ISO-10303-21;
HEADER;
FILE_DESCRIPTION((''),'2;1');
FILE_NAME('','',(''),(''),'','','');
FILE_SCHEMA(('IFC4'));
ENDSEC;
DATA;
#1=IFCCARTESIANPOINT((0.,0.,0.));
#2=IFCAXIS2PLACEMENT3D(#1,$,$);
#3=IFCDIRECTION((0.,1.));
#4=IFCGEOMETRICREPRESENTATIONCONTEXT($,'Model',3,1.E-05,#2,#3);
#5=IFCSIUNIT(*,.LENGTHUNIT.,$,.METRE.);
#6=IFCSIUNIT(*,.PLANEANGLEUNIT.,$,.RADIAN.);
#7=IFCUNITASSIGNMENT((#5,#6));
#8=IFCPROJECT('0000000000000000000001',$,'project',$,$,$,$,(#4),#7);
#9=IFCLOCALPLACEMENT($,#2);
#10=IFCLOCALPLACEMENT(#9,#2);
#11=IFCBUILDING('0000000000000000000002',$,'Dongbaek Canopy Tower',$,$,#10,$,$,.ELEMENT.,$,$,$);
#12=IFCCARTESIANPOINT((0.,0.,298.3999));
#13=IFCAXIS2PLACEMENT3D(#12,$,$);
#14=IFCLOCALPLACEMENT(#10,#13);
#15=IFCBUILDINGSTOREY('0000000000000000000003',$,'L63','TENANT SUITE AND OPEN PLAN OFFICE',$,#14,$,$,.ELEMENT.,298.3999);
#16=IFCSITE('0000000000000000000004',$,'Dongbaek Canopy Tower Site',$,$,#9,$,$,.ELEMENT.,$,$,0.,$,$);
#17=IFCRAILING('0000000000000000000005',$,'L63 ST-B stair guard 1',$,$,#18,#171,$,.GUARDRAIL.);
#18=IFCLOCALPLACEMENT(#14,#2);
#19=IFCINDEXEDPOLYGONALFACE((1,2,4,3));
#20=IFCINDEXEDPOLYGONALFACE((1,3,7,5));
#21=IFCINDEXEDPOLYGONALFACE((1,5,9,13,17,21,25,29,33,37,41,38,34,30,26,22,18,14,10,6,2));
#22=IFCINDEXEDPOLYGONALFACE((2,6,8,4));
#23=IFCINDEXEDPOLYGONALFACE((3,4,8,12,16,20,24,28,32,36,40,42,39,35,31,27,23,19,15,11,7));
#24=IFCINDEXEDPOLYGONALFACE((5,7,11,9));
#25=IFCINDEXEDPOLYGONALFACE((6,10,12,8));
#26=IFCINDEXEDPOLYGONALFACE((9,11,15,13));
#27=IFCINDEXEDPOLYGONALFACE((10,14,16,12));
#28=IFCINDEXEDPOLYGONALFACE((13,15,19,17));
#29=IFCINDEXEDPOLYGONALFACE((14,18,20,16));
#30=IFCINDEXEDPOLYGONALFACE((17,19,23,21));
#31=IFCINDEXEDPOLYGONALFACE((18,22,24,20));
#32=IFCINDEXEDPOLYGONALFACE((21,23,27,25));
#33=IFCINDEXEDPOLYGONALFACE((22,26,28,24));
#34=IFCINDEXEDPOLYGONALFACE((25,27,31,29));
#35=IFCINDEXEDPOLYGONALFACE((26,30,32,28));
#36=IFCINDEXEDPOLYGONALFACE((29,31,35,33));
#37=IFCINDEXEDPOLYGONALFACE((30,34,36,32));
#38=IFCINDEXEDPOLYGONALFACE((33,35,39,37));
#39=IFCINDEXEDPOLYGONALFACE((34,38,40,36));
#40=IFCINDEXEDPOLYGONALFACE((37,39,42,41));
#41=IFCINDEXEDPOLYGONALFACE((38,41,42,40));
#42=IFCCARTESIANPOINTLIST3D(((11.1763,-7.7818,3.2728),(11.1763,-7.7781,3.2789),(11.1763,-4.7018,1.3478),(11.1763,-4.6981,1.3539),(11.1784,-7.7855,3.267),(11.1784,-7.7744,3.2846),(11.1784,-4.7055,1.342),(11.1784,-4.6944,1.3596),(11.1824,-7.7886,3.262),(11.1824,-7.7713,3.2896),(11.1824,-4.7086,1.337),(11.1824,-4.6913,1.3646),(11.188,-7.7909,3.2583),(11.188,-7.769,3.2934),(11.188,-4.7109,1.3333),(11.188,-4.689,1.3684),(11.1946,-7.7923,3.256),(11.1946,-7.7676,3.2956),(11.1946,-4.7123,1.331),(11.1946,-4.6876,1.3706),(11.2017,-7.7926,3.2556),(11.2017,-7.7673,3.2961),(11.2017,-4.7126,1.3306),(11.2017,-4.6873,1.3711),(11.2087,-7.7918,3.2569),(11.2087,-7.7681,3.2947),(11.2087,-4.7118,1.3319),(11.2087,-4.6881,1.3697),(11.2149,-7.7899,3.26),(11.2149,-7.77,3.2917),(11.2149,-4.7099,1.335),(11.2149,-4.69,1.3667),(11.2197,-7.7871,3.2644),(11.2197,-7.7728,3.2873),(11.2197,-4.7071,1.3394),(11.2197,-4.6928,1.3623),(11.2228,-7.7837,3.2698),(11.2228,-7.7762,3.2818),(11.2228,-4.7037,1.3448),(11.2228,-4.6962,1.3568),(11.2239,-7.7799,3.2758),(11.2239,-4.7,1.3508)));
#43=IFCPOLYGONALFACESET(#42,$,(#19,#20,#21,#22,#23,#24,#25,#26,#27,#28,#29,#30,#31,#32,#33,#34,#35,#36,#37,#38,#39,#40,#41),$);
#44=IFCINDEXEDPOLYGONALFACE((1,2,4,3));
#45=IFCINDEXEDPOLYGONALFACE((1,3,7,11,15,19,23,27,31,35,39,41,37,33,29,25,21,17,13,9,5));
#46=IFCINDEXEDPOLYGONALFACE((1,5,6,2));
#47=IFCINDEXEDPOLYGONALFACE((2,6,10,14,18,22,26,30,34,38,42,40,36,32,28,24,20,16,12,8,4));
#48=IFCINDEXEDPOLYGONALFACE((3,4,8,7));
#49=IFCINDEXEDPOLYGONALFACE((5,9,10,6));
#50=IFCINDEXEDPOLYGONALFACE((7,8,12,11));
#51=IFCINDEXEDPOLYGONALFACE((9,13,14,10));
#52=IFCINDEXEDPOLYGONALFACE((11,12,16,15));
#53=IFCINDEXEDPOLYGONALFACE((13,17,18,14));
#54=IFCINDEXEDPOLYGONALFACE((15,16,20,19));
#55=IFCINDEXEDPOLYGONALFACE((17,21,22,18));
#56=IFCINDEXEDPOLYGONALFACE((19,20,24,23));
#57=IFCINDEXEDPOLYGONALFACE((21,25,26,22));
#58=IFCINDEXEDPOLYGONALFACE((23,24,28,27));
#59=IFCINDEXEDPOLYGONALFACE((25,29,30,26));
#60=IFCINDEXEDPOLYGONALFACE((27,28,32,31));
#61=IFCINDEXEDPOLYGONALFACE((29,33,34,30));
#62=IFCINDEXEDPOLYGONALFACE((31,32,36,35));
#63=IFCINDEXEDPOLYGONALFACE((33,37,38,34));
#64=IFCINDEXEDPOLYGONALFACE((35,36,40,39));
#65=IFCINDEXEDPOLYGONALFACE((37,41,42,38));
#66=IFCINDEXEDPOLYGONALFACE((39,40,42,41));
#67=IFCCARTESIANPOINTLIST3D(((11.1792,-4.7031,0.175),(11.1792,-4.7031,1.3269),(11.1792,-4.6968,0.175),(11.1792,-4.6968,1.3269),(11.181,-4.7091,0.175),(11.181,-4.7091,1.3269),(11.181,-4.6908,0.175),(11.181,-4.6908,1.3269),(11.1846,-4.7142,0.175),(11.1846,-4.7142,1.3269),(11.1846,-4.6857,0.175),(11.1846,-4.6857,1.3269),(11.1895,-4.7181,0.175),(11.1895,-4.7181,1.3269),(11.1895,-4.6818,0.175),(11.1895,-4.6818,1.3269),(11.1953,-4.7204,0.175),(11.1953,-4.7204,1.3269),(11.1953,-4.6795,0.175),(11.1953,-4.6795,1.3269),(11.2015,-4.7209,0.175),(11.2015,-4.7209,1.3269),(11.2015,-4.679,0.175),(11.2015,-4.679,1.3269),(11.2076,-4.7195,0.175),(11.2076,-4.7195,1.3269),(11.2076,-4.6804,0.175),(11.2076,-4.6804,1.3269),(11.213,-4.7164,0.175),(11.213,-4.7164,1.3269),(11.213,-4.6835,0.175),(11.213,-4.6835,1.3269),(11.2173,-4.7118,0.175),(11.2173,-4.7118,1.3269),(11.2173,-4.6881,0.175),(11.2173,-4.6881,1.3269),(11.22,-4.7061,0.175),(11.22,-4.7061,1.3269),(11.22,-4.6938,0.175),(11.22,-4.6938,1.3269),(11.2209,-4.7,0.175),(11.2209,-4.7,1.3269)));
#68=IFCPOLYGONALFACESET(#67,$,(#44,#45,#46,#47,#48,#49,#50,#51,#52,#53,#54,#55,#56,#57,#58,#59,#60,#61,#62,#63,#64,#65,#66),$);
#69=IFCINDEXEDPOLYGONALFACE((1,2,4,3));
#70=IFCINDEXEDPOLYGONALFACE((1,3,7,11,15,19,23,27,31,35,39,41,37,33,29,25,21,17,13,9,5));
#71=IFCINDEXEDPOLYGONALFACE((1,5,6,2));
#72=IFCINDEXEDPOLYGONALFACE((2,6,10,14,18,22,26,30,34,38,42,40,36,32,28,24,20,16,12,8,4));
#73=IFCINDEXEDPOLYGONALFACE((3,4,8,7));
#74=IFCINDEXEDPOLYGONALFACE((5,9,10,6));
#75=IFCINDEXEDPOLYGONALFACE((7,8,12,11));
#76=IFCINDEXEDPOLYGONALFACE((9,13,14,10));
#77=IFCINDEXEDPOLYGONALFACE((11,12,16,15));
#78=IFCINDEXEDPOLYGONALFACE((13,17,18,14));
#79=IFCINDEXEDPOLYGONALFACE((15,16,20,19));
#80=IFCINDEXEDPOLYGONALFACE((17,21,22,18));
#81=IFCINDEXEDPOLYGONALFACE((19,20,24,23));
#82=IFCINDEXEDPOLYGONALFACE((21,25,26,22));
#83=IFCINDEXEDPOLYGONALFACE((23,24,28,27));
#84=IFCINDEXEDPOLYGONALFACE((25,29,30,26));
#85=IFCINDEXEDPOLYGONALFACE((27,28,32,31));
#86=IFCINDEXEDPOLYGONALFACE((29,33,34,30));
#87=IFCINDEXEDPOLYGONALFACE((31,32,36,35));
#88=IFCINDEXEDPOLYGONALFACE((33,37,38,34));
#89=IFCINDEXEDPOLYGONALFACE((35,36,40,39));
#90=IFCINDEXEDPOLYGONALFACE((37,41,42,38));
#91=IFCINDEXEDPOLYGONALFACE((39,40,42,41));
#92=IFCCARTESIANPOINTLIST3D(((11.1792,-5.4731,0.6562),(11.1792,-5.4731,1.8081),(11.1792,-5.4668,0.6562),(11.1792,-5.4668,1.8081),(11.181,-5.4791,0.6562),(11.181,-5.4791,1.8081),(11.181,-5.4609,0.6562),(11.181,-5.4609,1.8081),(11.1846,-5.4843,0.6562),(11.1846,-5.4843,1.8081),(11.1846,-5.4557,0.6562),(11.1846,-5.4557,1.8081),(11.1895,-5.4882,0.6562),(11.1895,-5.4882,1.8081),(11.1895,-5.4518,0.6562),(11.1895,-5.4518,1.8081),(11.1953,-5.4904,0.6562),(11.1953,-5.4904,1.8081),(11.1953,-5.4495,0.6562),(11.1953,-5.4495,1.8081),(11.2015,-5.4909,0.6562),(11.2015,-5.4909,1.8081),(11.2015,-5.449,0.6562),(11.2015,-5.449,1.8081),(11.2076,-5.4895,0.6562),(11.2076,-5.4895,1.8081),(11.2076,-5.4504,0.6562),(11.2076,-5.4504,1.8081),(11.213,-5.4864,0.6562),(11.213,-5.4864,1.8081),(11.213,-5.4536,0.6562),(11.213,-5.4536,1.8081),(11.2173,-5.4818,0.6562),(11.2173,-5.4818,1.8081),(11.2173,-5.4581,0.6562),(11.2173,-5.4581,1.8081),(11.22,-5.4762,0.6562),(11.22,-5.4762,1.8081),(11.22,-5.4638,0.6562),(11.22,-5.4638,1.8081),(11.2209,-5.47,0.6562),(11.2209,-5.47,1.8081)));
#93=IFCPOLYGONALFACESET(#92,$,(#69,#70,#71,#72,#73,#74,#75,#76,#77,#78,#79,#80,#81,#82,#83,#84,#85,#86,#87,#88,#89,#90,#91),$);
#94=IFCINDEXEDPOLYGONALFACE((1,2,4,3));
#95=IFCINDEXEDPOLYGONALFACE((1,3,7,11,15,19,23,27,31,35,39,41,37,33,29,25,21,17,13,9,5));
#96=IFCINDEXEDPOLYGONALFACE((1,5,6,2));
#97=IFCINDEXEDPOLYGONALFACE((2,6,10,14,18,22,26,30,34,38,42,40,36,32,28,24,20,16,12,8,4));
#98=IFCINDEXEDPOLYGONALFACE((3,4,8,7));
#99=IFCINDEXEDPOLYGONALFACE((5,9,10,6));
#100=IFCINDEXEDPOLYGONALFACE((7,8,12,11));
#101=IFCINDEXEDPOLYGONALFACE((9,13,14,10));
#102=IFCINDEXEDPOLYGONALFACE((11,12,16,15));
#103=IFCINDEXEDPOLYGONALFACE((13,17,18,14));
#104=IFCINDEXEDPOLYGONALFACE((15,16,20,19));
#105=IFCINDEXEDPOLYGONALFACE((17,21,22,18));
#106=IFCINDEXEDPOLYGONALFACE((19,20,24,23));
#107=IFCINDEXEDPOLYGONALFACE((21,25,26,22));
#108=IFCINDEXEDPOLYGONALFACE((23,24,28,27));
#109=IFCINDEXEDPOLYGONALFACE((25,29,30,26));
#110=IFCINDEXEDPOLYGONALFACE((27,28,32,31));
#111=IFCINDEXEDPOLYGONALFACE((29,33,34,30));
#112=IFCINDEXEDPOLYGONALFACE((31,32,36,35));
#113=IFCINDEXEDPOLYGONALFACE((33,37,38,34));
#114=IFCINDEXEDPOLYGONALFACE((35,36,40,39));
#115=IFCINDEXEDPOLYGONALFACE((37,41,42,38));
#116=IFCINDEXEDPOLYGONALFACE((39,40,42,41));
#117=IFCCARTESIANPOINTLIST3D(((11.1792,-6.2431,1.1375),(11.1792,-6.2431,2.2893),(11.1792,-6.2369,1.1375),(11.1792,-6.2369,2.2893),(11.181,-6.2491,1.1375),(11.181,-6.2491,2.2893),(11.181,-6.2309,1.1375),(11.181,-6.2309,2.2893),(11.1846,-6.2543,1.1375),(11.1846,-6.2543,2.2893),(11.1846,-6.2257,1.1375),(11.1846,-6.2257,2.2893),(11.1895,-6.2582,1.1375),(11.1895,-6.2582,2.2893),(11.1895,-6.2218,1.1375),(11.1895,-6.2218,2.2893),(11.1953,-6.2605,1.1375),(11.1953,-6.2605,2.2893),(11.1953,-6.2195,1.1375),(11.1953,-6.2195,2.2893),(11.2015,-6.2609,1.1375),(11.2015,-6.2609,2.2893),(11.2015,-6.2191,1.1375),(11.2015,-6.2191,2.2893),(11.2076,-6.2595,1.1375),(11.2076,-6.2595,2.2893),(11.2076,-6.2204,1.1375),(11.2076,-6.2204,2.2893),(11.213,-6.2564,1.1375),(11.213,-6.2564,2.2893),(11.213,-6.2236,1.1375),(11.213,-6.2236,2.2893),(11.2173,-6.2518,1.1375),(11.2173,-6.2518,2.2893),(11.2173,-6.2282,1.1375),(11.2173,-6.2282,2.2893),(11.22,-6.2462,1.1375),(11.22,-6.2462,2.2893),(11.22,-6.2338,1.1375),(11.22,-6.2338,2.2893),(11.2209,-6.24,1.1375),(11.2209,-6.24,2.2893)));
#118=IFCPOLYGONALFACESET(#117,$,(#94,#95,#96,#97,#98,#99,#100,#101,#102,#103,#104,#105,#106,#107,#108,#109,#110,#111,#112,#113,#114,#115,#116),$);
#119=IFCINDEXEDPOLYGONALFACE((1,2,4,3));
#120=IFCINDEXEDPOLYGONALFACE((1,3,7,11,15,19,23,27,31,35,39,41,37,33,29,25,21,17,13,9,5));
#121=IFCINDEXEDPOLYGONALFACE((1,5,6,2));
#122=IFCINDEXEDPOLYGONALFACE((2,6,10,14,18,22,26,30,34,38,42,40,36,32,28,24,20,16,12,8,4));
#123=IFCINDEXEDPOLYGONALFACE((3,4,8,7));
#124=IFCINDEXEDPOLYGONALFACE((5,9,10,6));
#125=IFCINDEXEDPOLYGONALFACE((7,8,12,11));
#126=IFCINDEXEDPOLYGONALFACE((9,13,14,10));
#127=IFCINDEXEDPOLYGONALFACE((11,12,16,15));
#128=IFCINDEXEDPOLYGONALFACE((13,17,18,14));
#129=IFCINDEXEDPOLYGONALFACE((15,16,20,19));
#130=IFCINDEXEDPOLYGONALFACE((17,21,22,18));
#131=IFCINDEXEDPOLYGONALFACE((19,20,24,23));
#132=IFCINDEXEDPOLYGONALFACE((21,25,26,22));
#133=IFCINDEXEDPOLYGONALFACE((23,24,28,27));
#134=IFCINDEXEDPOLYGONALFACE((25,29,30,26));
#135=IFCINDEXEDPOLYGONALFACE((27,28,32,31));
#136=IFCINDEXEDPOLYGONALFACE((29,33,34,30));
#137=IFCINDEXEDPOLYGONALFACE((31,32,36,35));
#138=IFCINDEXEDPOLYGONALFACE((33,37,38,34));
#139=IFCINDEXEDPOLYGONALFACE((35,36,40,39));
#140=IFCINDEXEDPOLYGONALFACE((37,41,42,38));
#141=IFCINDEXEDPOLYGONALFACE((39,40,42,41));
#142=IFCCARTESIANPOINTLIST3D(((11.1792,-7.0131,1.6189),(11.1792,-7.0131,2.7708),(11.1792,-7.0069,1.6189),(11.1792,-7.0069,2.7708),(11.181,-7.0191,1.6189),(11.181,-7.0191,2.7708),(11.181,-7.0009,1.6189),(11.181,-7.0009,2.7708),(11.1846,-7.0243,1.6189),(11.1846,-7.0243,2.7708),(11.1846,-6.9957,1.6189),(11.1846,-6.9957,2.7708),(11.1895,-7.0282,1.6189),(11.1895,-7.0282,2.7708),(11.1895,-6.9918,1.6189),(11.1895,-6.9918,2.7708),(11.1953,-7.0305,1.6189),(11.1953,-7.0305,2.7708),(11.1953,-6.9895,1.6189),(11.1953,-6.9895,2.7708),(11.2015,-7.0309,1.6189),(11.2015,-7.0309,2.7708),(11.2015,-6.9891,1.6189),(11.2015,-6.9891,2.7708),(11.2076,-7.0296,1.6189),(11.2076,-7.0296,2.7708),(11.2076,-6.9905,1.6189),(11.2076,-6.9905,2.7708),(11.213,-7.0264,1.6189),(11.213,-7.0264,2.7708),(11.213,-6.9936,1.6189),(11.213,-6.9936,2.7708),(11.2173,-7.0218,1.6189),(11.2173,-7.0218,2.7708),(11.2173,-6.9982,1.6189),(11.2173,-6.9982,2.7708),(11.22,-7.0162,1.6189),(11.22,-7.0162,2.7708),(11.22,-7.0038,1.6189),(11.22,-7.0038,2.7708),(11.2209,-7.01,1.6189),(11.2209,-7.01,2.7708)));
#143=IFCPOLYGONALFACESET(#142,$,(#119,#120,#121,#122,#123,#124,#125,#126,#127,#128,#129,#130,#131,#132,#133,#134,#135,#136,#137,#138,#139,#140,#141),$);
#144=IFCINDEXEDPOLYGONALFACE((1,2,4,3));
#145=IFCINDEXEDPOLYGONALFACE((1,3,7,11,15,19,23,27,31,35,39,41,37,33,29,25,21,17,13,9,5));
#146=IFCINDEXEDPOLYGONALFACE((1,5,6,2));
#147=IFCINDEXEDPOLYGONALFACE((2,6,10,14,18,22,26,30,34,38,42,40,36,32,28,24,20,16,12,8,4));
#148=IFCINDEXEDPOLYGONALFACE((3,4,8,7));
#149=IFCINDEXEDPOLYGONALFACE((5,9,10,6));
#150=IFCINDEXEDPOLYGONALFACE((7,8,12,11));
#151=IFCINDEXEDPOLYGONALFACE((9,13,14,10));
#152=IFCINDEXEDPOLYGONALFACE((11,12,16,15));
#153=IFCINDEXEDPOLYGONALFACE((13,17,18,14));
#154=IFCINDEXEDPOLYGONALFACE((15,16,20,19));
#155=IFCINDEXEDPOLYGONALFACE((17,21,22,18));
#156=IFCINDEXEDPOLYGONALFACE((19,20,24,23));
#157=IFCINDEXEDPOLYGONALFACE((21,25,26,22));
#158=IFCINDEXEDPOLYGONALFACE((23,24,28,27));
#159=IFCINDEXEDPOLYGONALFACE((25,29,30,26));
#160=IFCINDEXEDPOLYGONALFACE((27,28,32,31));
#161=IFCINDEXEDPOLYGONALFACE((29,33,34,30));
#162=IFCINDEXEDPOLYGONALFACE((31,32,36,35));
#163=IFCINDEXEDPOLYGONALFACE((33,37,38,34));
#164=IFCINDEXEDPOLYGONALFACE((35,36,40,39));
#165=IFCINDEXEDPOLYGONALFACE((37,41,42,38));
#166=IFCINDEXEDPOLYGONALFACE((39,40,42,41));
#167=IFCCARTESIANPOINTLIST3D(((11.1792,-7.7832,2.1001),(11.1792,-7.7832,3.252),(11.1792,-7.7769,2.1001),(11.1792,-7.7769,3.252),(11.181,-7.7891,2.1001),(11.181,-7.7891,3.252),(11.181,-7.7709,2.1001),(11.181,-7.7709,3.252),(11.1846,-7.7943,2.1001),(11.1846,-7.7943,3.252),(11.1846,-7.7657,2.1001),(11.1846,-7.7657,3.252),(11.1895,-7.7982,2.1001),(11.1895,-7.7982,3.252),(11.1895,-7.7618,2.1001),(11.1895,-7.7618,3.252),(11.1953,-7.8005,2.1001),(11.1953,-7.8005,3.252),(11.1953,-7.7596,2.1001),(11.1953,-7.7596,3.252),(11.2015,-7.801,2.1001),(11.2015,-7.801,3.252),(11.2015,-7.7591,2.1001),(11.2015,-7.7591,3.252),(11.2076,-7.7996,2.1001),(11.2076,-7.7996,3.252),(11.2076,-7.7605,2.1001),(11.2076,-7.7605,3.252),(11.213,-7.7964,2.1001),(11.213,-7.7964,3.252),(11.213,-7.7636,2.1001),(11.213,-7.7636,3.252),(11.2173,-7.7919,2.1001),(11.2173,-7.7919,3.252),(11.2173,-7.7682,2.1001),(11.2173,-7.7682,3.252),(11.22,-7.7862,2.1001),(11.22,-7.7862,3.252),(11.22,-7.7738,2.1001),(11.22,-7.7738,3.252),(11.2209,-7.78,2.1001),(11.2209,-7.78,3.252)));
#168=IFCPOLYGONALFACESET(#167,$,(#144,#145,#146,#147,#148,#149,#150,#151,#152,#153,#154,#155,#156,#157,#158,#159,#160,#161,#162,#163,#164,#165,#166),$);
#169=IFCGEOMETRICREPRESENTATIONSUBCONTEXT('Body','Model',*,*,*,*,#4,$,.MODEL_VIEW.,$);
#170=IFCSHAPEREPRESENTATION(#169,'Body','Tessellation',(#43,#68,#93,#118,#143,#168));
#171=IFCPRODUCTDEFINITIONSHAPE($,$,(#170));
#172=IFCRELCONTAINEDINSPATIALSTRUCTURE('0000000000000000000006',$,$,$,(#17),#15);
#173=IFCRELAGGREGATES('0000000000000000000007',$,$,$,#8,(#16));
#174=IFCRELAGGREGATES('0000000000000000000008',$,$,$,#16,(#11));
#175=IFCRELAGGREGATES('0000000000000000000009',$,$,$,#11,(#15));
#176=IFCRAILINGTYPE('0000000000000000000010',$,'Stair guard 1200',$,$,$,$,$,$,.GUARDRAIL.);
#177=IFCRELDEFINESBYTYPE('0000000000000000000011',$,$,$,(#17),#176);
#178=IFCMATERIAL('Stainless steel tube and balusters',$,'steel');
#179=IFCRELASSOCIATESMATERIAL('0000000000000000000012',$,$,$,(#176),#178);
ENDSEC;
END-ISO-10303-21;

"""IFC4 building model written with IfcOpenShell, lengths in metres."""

from ifc_helpers import new_model, si_unit, direction, frame, origin, origin_2d, place, context, subcontext, project, spatial, circle, extrude, material, type_object, element, save


model = new_model("IFC4")

# Units and contexts
model_context = context("Model", 3, precision=1e-05, world=origin(), true_north=direction((0.0, 1.0)))
body_context = subcontext(model_context, "Body", "Model", "MODEL_VIEW")
ifc_project = project(units=[si_unit("LENGTHUNIT", "METRE"), si_unit("PLANEANGLEUNIT", "RADIAN")], contexts=[model_context])

# Site, building, storey
site_placement = place(None, origin())
site = spatial("IfcSite", under=ifc_project, at=site_placement, Name="Dongbaek Canopy Tower Site", CompositionType="ELEMENT", RefElevation=0.0)
building_placement = place(site_placement, origin())
building = spatial("IfcBuilding", under=site, at=building_placement, Name="Dongbaek Canopy Tower", CompositionType="ELEMENT")
storey_placement = place(building_placement, frame((0.0, 0.0, 298.3999)))
storey = spatial("IfcBuildingStorey", under=building, at=storey_placement, Name="L63", Description="TENANT SUITE AND OPEN PLAN OFFICE", CompositionType="ELEMENT", Elevation=298.3999)

# Railing
ifc_material_1 = material(Name="Stainless steel tube and balusters", Category="steel")
railing_type_1 = type_object("IfcRailingType", Name="Stair guard 1200", PredefinedType="GUARDRAIL", material=ifc_material_1)
railing_1_placement = place(storey_placement, frame((11.2, -4.7, 0.175)))
element("IfcRailing", 1, at=railing_1_placement, inside=storey, type_object=railing_type_1, Name="L63 ST-B stair guard 1", PredefinedType="GUARDRAIL", context=body_context, shape_type="SweptSolid", body=[
    extrude(circle(Radius=0.0239, at=origin_2d()), frame((0.0, 0.0, 1.1758), z_axis=(0.0, -0.847998, 0.529999), x_axis=(1.0, 0.0, 0.0)), (0.0, 0.0, 1.0), 3.6321),
    extrude(circle(Radius=0.021, at=origin_2d()), origin(), (0.0, 0.0, 1.0), 1.1519),
    extrude(circle(Radius=0.021, at=origin_2d()), frame((0.0, -0.77, 0.4812)), (0.0, 0.0, 1.0), 1.1519),
    extrude(circle(Radius=0.021, at=origin_2d()), frame((0.0, -1.54, 0.9624)), (0.0, 0.0, 1.0), 1.1519),
    extrude(circle(Radius=0.021, at=origin_2d()), frame((0.0, -2.3101, 1.4438)), (0.0, 0.0, 1.0), 1.1519),
    extrude(circle(Radius=0.021, at=origin_2d()), frame((0.0, -3.0801, 1.925)), (0.0, 0.0, 1.0), 1.1519),
])

save(model, "model.ifc")
